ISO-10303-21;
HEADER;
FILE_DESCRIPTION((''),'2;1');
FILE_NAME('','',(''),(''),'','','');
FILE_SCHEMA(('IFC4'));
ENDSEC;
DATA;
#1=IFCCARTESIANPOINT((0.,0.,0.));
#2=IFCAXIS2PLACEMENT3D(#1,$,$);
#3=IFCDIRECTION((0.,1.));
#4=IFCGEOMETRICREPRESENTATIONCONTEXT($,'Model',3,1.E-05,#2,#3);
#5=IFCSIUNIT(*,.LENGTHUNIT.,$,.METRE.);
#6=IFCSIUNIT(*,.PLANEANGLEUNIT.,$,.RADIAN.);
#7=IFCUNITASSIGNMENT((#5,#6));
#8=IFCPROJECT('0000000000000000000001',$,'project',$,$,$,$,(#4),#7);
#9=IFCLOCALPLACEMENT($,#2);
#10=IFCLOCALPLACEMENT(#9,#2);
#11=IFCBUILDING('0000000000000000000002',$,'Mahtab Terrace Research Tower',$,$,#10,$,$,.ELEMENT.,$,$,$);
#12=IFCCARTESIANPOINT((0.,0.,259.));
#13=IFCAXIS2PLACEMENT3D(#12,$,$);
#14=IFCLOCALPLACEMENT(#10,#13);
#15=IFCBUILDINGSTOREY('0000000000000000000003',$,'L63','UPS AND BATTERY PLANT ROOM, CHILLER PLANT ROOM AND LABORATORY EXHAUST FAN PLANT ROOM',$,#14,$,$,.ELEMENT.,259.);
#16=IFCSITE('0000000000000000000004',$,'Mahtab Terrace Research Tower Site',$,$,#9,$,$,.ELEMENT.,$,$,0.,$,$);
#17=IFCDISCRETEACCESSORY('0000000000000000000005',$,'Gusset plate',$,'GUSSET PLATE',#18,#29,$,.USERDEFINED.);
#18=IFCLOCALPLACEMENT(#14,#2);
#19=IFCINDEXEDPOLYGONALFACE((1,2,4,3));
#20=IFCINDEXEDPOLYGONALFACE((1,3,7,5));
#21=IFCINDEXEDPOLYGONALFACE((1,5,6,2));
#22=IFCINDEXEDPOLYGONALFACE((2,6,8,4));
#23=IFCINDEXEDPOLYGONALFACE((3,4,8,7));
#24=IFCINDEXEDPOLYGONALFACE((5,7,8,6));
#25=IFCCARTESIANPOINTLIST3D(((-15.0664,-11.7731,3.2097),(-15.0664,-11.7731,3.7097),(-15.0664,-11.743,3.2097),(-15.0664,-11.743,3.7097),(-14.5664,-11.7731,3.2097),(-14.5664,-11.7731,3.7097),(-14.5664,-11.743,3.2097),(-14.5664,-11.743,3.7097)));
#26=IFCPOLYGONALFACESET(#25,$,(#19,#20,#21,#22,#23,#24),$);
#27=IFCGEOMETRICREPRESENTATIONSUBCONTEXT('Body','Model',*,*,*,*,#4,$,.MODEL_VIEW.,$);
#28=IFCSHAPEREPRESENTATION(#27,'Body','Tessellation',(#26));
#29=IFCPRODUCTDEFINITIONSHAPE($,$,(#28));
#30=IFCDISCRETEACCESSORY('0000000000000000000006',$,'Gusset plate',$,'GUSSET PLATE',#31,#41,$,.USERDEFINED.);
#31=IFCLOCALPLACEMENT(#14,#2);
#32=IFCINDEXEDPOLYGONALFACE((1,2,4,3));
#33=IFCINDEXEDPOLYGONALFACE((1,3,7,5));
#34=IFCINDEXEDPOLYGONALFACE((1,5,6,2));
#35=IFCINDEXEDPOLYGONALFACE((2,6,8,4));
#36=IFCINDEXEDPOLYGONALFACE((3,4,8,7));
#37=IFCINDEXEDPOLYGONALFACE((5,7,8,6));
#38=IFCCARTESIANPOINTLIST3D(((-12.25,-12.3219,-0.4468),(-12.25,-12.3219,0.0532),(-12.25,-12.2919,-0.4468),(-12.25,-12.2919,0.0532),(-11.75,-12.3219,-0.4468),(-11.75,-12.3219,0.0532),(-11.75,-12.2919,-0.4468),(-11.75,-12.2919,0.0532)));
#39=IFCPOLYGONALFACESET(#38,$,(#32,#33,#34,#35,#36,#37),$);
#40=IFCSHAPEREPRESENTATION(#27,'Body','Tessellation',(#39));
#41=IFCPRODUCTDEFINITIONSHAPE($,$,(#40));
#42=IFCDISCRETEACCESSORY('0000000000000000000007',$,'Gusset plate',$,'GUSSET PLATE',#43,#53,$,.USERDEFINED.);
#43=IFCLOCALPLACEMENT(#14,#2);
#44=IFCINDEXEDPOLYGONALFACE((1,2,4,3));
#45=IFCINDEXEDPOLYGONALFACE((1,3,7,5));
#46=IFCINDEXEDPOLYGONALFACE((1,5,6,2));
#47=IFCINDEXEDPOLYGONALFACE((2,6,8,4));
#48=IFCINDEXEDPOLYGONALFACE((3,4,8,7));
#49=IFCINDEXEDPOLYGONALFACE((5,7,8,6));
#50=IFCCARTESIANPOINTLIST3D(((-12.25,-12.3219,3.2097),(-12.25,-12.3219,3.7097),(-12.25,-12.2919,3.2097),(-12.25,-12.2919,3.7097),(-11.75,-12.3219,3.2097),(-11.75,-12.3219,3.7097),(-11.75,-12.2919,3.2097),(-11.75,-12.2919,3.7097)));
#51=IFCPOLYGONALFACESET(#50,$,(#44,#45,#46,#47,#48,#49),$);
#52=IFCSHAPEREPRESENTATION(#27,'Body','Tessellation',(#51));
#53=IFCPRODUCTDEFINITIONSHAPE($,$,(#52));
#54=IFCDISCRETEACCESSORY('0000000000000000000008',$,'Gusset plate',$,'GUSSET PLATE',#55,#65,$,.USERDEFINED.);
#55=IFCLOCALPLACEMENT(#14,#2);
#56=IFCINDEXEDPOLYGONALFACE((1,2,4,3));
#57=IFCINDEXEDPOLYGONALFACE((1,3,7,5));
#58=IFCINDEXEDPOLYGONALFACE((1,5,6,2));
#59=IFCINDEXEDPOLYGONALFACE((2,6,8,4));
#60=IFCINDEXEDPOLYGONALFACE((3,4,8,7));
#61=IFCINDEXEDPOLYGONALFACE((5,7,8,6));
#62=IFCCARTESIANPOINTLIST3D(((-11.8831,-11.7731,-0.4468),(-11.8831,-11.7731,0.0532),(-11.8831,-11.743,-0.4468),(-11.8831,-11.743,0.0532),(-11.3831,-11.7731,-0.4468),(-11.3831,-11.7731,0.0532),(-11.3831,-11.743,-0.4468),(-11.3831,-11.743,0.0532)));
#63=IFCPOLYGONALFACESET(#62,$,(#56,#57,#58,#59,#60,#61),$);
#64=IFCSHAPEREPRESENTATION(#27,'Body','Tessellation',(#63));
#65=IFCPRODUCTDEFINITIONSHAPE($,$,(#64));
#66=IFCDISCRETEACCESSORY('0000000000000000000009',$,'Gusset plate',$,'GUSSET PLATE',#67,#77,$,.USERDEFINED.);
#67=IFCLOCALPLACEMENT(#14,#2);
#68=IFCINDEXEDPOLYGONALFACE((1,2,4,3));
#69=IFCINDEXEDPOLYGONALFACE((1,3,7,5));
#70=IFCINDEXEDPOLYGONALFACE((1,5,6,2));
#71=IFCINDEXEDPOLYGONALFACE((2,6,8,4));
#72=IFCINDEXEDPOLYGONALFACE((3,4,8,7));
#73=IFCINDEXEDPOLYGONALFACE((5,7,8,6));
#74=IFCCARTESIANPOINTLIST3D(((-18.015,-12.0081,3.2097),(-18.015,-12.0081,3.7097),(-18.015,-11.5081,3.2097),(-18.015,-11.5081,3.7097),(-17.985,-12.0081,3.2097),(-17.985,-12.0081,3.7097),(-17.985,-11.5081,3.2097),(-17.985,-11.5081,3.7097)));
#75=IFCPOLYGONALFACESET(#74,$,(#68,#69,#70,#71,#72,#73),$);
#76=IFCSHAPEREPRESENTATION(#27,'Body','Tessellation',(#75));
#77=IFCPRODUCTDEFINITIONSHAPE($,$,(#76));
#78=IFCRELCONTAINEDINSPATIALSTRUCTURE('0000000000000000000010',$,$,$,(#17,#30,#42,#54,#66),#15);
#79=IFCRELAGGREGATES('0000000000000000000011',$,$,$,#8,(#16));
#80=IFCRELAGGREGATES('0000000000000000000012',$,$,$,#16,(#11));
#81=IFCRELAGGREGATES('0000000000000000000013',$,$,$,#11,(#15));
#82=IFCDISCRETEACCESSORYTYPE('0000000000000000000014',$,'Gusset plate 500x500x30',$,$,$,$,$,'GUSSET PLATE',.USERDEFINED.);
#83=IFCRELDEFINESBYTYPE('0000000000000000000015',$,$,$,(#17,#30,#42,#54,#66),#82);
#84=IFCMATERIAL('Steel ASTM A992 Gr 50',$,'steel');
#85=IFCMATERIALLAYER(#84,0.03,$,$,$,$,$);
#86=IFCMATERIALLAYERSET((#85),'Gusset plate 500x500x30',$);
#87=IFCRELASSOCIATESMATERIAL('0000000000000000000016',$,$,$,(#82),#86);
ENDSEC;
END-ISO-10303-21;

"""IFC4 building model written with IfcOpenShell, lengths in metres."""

from ifc_helpers import new_model, si_unit, direction, frame, origin, origin_2d, place, context, subcontext, project, spatial, rectangle, extrude, material, layer, layer_set, type_object, element, save


model = new_model("IFC4")

# Units and contexts
model_context = context("Model", 3, precision=1e-05, world=origin(), true_north=direction((0.0, 1.0)))
body_context = subcontext(model_context, "Body", "Model", "MODEL_VIEW")
ifc_project = project(units=[si_unit("LENGTHUNIT", "METRE"), si_unit("PLANEANGLEUNIT", "RADIAN")], contexts=[model_context])

# Site, building, storey
site_placement = place(None, origin())
site = spatial("IfcSite", under=ifc_project, at=site_placement, Name="Mahtab Terrace Research Tower Site", CompositionType="ELEMENT", RefElevation=0.0)
building_placement = place(site_placement, origin())
building = spatial("IfcBuilding", under=site, at=building_placement, Name="Mahtab Terrace Research Tower", CompositionType="ELEMENT")
storey_placement = place(building_placement, frame((0.0, 0.0, 259.0)))
storey = spatial("IfcBuildingStorey", under=building, at=storey_placement, Name="L63", Description="UPS AND BATTERY PLANT ROOM, CHILLER PLANT ROOM AND LABORATORY EXHAUST FAN PLANT ROOM", CompositionType="ELEMENT", Elevation=259.0)

# Shared definitions
ifc_material_1 = material(Name="Steel ASTM A992 Gr 50", Category="steel")

# Discrete accessories
ifc_layer_1 = layer(ifc_material_1, 0.03)
ifc_layer_set_1 = layer_set([ifc_layer_1], Name="Gusset plate 500x500x30")
discrete_accessory_type = type_object("IfcDiscreteAccessoryType", Name="Gusset plate 500x500x30", ElementType="GUSSET PLATE", PredefinedType="USERDEFINED", material=ifc_layer_set_1)
for number, where, z_axis, x_axis, name in (
    (1, (-14.8164, -11.7581, 3.2097), (0.0, 0.0, 1.0), (1.0, 0.0, 0.0), "Gusset plate"),
    (2, (-12.0, -12.3069, -0.4468), (0.0, 0.0, 1.0), (1.0, 0.0, 0.0), "Gusset plate"),
    (3, (-12.0, -12.3069, 3.2097), (0.0, 0.0, 1.0), (1.0, 0.0, 0.0), "Gusset plate"),
    (4, (-11.6331, -11.7581, -0.4468), (0.0, 0.0, 1.0), (1.0, 0.0, 0.0), "Gusset plate"),
    (5, (-18.0, -11.7581, 3.2097), (0.0, 0.0, 1.0), (0.0, 1.0, 0.0), "Gusset plate"),
):
    element("IfcDiscreteAccessory", number, at=place(storey_placement, frame(where, z_axis=z_axis, x_axis=x_axis)), inside=storey, type_object=discrete_accessory_type, Name=name, ObjectType="GUSSET PLATE", PredefinedType="USERDEFINED", context=body_context, shape_type="SweptSolid", body=[
        extrude(rectangle(XDim=0.5, YDim=0.03, at=origin_2d()), origin(), (0.0, 0.0, 1.0), 0.5),
    ])

save(model, "model.ifc")
